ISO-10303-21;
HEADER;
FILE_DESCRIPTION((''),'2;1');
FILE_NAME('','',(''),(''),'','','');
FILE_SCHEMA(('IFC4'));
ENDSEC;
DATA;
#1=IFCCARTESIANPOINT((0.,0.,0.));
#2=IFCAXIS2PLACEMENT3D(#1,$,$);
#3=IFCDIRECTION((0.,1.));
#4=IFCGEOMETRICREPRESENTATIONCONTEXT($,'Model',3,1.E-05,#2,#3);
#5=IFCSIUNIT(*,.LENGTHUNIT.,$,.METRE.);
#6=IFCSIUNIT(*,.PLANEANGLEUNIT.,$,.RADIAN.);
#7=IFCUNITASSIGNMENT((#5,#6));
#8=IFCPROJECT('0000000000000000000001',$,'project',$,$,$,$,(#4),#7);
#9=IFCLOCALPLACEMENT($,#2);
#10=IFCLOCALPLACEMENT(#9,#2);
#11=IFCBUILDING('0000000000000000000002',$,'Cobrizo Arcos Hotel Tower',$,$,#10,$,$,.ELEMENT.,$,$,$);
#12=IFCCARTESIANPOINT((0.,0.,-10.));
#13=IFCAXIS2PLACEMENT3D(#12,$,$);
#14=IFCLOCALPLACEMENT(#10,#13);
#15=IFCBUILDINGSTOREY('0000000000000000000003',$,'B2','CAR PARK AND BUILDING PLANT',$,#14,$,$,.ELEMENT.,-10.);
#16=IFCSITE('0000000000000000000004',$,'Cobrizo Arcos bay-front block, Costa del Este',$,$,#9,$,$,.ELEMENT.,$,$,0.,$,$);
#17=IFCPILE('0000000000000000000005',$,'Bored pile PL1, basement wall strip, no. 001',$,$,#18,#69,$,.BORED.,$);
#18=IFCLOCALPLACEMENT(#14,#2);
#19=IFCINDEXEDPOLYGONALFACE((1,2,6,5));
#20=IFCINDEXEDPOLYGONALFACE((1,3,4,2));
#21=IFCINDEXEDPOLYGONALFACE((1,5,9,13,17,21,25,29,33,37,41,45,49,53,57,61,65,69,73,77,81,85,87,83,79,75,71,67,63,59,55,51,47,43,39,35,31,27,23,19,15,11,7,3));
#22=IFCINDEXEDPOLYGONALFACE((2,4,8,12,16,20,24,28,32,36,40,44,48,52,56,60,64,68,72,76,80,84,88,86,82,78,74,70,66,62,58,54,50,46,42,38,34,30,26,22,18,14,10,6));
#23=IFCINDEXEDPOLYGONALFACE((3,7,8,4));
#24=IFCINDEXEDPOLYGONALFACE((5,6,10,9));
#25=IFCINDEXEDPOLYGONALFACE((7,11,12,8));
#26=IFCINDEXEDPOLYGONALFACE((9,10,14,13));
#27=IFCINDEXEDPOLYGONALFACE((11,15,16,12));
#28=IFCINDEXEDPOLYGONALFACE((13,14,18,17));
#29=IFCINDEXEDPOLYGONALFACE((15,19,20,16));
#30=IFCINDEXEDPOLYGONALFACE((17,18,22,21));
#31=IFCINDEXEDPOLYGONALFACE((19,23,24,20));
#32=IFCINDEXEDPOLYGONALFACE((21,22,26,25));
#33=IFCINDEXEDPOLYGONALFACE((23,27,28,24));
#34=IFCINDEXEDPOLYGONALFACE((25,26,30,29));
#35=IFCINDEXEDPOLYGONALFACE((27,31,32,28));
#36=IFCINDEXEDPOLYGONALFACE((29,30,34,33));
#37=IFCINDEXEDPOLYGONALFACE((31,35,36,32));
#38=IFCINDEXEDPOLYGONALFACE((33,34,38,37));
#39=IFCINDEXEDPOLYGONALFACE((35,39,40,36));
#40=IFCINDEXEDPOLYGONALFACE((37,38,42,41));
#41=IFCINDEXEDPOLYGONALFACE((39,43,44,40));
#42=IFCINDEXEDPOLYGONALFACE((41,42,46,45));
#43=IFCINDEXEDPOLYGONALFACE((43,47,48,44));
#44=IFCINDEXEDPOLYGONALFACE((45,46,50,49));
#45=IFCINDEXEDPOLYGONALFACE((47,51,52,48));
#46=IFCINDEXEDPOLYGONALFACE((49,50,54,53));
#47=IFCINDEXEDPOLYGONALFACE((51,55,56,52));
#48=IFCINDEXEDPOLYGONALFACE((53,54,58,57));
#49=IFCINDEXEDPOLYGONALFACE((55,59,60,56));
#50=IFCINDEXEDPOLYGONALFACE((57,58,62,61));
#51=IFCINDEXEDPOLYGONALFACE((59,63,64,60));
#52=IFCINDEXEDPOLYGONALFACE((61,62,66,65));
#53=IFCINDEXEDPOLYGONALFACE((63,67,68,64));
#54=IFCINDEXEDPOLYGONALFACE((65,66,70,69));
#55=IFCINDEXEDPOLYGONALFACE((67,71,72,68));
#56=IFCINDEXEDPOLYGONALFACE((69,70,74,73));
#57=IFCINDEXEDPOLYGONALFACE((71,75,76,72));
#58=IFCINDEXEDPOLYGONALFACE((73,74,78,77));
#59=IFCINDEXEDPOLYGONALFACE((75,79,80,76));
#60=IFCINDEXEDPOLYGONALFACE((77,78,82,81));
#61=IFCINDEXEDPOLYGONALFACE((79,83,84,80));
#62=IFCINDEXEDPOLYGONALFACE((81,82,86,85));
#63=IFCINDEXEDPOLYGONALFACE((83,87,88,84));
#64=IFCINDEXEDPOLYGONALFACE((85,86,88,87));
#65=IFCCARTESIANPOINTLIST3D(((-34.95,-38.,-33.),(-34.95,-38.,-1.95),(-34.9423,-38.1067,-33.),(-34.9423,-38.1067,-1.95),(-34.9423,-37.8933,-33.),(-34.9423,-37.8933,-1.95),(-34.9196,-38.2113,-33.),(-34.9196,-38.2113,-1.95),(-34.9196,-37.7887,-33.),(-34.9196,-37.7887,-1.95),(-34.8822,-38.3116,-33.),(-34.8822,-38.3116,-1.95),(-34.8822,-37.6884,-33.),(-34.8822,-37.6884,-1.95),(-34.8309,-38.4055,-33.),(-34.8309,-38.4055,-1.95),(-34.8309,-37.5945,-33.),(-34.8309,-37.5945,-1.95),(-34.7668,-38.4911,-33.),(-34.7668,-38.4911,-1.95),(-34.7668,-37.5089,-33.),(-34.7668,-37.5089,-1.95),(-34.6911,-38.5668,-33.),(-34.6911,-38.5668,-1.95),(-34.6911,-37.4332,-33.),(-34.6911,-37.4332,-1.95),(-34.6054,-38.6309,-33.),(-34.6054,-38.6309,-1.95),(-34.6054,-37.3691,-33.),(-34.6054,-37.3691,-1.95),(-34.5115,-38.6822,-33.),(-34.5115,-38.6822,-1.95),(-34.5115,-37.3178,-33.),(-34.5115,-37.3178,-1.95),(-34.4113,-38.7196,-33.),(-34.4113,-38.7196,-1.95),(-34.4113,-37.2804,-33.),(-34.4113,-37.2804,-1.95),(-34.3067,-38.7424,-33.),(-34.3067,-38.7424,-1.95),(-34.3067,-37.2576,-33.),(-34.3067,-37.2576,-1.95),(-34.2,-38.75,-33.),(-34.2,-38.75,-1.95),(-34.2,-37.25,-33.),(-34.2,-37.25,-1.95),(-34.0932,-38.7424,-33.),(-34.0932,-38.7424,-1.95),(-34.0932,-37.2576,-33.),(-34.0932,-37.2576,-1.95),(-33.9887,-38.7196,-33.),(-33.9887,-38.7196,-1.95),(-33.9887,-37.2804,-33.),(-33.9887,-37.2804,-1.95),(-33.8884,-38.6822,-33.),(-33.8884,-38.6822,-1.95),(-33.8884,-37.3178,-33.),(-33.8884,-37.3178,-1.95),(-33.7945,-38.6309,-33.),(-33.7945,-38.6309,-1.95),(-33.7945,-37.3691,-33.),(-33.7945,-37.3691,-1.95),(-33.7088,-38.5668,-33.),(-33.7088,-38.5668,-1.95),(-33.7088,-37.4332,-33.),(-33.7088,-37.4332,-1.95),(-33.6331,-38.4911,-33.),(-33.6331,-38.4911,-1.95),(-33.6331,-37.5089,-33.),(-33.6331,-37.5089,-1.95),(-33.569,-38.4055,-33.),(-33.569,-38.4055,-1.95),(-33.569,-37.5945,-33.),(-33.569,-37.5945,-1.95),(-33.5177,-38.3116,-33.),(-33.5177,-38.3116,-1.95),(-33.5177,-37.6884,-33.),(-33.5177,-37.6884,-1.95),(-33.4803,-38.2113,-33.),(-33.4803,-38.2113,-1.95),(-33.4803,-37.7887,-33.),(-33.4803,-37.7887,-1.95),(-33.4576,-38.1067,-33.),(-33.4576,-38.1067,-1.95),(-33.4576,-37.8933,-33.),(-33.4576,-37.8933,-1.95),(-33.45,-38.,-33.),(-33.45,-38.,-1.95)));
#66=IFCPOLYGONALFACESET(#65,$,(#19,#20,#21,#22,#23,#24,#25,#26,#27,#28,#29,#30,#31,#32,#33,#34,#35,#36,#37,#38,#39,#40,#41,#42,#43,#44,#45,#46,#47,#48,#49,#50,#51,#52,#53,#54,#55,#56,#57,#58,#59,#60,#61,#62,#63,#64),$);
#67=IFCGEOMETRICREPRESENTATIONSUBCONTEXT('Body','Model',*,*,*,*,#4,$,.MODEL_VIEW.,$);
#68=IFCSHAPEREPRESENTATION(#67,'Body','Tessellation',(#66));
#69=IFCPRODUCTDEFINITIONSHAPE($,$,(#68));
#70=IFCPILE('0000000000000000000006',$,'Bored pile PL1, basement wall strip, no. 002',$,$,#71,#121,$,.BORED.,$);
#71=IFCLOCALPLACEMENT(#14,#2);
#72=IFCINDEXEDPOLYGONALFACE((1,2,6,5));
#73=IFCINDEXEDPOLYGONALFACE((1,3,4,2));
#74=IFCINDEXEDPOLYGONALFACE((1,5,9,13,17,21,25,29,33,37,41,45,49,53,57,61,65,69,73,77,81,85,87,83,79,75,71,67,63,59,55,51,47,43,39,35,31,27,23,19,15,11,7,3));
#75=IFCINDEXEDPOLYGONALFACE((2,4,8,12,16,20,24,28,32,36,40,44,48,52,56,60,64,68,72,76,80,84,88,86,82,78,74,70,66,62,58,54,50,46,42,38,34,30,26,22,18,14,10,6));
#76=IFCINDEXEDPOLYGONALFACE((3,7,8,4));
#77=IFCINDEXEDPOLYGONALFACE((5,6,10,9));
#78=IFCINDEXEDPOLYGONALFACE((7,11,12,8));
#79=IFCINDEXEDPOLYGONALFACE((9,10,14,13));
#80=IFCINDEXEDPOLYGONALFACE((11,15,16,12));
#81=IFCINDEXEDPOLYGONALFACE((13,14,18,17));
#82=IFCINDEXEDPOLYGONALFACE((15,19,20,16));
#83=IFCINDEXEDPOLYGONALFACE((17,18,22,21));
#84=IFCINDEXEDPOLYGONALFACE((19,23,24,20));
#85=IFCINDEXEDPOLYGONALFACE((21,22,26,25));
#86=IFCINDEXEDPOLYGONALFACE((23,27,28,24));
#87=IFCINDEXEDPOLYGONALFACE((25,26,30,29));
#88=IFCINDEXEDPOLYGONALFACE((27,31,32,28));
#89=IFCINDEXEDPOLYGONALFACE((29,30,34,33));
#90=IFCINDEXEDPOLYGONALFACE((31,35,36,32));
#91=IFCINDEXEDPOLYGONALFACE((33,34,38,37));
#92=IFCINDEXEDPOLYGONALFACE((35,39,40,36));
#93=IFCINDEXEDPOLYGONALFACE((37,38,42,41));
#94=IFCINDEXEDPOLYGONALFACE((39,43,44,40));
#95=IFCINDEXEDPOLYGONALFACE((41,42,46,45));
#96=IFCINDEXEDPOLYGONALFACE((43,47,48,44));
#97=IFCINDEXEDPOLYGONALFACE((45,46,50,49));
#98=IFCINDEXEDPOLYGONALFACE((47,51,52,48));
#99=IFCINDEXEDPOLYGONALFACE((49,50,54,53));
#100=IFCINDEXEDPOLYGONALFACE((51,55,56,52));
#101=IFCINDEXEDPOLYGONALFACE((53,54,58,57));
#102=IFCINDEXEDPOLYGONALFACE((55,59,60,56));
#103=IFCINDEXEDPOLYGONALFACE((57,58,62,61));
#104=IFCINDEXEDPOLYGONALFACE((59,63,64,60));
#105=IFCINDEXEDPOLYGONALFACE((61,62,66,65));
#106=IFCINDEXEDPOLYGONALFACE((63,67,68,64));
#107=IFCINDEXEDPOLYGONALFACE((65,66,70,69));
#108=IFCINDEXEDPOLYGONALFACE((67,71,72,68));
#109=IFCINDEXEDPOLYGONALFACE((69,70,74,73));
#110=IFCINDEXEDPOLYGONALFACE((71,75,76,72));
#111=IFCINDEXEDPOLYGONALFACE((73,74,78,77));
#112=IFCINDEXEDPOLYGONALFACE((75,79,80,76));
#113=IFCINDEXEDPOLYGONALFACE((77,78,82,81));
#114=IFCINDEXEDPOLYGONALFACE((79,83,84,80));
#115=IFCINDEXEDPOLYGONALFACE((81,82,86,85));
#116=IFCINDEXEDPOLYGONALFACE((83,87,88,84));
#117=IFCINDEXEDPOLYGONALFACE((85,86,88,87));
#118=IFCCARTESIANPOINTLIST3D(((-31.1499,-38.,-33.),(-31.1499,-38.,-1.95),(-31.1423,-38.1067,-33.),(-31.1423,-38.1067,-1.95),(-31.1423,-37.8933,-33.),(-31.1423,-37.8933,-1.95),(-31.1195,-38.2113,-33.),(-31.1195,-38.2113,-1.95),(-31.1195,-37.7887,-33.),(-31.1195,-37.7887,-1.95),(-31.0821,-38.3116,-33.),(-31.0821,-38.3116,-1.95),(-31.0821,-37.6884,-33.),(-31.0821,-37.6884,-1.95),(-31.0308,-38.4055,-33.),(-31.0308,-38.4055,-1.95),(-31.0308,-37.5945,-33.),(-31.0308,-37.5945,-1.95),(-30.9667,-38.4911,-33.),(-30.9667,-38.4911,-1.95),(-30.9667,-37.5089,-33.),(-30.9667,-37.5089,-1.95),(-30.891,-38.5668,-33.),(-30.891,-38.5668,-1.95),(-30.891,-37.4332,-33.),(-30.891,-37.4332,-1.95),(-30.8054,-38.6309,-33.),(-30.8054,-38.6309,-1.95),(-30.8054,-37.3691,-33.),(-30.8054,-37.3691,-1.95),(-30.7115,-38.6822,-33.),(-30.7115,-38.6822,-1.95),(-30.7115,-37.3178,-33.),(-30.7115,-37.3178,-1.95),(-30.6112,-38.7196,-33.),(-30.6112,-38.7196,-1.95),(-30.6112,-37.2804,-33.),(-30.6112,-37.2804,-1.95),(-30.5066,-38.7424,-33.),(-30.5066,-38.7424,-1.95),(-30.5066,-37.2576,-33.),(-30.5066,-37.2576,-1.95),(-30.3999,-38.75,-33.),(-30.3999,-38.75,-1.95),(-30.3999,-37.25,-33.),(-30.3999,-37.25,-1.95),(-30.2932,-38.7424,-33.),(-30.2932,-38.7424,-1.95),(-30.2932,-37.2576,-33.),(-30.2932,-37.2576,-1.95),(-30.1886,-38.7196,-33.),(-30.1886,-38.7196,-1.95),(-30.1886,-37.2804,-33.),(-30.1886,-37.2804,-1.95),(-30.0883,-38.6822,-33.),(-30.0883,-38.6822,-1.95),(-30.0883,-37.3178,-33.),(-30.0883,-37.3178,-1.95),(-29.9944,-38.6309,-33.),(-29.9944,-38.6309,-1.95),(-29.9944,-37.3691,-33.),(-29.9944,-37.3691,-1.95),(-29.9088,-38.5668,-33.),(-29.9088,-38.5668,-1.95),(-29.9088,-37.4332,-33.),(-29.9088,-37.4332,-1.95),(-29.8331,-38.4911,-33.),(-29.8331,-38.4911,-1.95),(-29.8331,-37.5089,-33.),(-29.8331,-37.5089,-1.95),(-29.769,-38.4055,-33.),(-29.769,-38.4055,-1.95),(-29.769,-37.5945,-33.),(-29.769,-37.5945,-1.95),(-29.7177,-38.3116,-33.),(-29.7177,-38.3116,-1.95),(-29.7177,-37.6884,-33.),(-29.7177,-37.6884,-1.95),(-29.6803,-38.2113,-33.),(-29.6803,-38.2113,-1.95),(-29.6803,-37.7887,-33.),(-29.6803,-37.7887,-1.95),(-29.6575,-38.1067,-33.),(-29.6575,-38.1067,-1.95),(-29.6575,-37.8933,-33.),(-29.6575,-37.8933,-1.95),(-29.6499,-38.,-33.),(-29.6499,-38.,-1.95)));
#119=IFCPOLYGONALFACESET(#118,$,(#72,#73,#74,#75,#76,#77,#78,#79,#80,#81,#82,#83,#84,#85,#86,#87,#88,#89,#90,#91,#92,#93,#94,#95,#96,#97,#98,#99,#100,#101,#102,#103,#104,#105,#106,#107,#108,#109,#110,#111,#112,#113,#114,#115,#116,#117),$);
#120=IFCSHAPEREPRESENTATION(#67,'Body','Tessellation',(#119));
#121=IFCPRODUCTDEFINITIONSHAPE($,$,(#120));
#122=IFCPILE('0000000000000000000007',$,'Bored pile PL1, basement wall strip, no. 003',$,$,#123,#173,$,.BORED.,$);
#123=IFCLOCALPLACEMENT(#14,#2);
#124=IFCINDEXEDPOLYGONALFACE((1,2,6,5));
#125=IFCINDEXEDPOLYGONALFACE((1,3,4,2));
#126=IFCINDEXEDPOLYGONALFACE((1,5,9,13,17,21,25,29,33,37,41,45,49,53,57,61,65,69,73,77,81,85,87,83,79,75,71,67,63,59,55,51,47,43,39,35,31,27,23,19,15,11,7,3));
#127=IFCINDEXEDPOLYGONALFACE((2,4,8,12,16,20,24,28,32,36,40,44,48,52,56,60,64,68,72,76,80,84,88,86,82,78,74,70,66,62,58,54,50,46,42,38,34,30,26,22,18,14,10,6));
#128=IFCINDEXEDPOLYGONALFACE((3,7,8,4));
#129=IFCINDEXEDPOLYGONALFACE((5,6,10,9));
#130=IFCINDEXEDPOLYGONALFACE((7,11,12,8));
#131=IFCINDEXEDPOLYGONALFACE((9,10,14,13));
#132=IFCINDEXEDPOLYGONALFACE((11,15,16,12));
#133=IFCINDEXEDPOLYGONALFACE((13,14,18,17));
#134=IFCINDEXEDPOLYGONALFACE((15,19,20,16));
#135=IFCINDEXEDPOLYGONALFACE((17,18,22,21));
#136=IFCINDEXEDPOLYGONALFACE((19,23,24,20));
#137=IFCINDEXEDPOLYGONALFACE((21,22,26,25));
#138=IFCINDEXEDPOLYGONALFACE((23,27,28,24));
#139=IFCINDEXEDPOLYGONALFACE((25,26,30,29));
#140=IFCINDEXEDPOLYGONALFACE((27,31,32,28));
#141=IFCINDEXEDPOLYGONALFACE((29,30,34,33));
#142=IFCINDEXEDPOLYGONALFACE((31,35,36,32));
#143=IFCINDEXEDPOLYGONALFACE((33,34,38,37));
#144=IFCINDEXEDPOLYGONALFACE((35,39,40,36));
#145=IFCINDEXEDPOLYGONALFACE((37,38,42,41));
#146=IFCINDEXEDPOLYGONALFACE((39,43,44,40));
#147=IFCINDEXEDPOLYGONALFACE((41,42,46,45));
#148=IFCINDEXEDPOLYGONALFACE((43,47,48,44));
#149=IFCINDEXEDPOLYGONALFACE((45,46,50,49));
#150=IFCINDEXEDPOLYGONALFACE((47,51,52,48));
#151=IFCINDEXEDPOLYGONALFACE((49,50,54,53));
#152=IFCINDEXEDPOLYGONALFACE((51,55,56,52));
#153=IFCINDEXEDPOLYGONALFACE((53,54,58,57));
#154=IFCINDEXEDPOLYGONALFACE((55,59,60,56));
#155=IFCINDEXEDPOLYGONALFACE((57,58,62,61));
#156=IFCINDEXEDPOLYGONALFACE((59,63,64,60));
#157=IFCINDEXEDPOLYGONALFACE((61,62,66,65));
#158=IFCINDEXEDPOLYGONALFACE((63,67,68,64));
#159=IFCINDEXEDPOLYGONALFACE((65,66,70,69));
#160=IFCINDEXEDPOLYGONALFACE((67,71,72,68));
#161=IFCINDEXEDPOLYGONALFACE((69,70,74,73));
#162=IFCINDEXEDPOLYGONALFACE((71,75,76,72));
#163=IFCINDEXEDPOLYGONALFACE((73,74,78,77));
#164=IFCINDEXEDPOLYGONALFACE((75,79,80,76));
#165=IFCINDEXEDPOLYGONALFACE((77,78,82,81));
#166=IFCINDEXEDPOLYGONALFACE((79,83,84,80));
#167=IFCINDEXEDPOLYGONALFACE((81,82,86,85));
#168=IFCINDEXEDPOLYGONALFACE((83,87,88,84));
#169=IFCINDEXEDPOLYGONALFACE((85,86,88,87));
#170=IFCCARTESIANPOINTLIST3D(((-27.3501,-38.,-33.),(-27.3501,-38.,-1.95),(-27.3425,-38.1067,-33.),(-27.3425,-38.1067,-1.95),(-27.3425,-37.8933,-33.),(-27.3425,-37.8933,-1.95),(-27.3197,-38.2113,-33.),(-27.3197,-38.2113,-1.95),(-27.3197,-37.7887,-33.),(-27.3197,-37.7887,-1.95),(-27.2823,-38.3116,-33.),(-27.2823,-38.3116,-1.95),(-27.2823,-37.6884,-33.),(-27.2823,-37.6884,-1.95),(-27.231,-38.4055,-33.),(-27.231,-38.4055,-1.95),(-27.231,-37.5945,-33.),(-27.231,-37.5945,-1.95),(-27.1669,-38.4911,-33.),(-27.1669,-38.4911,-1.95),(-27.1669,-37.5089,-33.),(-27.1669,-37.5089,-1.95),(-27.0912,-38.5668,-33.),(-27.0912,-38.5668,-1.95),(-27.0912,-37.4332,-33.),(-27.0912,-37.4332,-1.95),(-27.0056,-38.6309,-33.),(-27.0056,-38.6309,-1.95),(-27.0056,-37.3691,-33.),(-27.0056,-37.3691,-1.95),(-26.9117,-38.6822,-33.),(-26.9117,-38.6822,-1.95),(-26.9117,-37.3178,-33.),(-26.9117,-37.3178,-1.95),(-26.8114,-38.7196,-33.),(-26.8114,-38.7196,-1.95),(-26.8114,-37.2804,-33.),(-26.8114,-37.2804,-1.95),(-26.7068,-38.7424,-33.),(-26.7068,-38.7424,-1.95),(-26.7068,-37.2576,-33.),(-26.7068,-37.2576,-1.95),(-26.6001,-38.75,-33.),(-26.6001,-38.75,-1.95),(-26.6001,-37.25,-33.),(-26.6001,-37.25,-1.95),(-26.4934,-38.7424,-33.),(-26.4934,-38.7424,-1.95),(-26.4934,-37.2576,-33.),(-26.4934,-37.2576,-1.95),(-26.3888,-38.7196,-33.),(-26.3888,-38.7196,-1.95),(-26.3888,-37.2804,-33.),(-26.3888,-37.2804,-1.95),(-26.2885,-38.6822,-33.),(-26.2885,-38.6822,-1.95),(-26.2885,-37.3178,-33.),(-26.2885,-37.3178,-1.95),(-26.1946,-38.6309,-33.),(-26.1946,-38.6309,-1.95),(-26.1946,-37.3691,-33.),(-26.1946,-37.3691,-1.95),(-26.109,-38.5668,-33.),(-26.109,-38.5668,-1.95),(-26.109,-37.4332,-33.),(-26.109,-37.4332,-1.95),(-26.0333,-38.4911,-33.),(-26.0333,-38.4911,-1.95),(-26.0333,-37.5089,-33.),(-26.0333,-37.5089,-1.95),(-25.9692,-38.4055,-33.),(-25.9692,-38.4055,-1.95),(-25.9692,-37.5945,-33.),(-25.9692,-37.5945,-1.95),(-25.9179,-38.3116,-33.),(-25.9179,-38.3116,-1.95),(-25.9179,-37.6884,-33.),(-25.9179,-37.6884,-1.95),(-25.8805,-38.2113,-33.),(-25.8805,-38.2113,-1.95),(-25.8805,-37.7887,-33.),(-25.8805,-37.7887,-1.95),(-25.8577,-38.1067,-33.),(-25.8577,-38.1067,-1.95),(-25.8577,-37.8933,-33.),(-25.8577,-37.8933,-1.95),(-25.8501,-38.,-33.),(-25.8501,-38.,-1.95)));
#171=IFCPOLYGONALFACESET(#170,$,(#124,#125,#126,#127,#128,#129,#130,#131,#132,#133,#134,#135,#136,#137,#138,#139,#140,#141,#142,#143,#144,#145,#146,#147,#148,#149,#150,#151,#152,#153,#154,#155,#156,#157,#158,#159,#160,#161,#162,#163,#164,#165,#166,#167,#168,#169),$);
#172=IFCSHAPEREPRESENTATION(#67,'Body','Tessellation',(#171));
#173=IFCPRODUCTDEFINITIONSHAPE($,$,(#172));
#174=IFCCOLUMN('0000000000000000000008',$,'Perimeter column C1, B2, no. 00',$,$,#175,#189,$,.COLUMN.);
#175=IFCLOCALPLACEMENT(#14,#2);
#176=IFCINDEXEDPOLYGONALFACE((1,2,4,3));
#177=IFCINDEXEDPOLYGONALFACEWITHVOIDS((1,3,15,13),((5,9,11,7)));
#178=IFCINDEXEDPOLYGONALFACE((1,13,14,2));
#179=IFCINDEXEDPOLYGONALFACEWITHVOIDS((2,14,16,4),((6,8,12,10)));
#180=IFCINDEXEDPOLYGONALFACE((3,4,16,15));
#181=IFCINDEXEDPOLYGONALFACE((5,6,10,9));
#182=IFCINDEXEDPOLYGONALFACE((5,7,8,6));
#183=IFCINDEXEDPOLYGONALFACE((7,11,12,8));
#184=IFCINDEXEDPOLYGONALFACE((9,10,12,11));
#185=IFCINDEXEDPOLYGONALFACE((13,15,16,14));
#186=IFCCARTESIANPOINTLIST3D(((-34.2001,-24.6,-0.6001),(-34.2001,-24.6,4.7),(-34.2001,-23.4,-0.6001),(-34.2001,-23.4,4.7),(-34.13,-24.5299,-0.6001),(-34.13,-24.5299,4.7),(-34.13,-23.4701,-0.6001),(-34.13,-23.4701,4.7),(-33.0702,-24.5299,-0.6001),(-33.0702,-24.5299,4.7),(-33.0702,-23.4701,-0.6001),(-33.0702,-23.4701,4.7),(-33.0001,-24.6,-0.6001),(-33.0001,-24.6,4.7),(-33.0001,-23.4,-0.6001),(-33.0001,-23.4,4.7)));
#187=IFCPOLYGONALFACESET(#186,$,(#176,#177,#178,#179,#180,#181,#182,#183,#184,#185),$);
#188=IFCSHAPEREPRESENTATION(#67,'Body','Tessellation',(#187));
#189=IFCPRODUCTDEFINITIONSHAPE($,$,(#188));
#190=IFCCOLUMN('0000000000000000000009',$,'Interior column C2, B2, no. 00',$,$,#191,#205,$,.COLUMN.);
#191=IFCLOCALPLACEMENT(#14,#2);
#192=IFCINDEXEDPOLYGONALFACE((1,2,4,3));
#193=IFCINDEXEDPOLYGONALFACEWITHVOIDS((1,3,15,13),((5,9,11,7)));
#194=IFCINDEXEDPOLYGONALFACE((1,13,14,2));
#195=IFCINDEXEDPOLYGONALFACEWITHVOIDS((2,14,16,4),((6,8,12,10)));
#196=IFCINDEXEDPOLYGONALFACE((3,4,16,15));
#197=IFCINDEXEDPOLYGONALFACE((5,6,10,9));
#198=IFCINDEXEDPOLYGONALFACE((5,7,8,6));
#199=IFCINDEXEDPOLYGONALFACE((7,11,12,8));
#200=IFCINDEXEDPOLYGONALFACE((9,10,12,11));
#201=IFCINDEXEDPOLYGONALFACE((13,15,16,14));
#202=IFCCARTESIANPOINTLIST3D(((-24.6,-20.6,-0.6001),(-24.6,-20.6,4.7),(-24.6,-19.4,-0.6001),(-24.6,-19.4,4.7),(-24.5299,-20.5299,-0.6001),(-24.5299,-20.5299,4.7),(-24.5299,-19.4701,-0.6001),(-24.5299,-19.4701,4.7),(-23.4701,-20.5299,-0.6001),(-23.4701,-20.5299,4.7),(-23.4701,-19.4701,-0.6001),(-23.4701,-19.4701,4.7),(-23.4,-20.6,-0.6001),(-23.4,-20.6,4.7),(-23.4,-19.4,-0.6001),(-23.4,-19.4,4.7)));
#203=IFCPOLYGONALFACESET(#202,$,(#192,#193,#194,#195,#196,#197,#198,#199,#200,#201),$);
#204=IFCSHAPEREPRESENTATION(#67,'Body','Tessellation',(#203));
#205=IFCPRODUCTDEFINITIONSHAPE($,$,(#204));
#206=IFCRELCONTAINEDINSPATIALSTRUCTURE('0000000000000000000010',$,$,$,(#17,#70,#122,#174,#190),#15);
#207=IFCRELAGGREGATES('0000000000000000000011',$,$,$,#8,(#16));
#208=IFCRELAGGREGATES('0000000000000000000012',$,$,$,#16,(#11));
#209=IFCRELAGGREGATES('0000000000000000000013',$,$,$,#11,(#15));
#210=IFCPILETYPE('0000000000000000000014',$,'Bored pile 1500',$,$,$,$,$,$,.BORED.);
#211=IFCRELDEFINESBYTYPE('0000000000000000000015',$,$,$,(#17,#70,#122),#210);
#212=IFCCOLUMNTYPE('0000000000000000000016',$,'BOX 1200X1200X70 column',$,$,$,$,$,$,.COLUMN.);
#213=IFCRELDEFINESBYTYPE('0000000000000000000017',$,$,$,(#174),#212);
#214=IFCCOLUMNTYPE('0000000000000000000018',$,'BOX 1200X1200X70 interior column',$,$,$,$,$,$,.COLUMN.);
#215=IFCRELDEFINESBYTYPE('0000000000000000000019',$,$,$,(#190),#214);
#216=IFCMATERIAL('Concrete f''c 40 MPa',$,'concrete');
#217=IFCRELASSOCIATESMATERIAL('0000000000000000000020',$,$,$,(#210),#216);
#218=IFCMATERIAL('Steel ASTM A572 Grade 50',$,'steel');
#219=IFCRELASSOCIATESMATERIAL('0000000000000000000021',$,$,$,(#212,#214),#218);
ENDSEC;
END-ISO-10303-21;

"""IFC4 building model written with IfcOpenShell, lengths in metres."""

from ifc_helpers import new_model, si_unit, direction, frame, origin, origin_2d, place, context, subcontext, project, spatial, hollow_rectangle, circle, extrude, material, material_profile, profile_set, type_object, element, save


model = new_model("IFC4")

# Units and contexts
model_context = context("Model", 3, precision=1e-05, world=origin(), true_north=direction((0.0, 1.0)))
body_context = subcontext(model_context, "Body", "Model", "MODEL_VIEW")
ifc_project = project(units=[si_unit("LENGTHUNIT", "METRE"), si_unit("PLANEANGLEUNIT", "RADIAN")], contexts=[model_context])

# Site, building, storey
site_placement = place(None, origin())
site = spatial("IfcSite", under=ifc_project, at=site_placement, Name="Cobrizo Arcos bay-front block, Costa del Este", CompositionType="ELEMENT", RefElevation=0.0)
building_placement = place(site_placement, origin())
building = spatial("IfcBuilding", under=site, at=building_placement, Name="Cobrizo Arcos Hotel Tower", CompositionType="ELEMENT")
storey_placement = place(building_placement, frame((0.0, 0.0, -10.0)))
storey = spatial("IfcBuildingStorey", under=building, at=storey_placement, Name="B2", Description="CAR PARK AND BUILDING PLANT", CompositionType="ELEMENT", Elevation=-10.0)

# Piles
ifc_material_1 = material(Name="Concrete f'c 40 MPa", Category="concrete")
ifc_material_profile_1 = material_profile(ifc_material_1, circle(Radius=0.75, at=origin_2d()), Name="BORED PILE 1500")
ifc_profile_set_1 = profile_set([ifc_material_profile_1], Name="Concrete f'c 40 MPa")
pile_type = type_object("IfcPileType", Name="Bored pile 1500", PredefinedType="BORED", material=ifc_profile_set_1)
for number, where, z_axis, x_axis, name in (
    (1, (-34.2, -38.0, -1.95), (0.0, 0.0, -1.0), (1.0, 0.0, 0.0), "Bored pile PL1, basement wall strip, no. 001"),
    (2, (-30.3999, -38.0, -1.95), (0.0, 0.0, -1.0), (1.0, 0.0, 0.0), "Bored pile PL1, basement wall strip, no. 002"),
    (3, (-26.6001, -38.0, -1.95), (0.0, 0.0, -1.0), (1.0, 0.0, 0.0), "Bored pile PL1, basement wall strip, no. 003"),
):
    element("IfcPile", number, at=place(storey_placement, frame(where, z_axis=z_axis, x_axis=x_axis)), inside=storey, type_object=pile_type, Name=name, PredefinedType="BORED", context=body_context, shape_type="SweptSolid", body=[
        extrude(circle(Radius=0.75, at=origin_2d()), origin(), (0.0, 0.0, 1.0), 31.05),
    ])

# Columns
ifc_material_2 = material(Name="Steel ASTM A572 Grade 50", Category="steel")
ifc_material_profile_2 = material_profile(ifc_material_2, hollow_rectangle(XDim=1.2, YDim=1.2, WallThickness=0.0701, at=origin_2d()), Name="BOX 1200X1200X70")
ifc_profile_set_2 = profile_set([ifc_material_profile_2], Name="Steel ASTM A572 Grade 50")
column_type_1 = type_object("IfcColumnType", Name="BOX 1200X1200X70 column", PredefinedType="COLUMN", material=ifc_profile_set_2)
column_1_placement = place(storey_placement, frame((-33.6001, -24.0, -0.6001), z_axis=(0.0, 0.0, 1.0), x_axis=(1.0, 0.0, 0.0)))
element("IfcColumn", 4, at=column_1_placement, inside=storey, type_object=column_type_1, Name="Perimeter column C1, B2, no. 00", PredefinedType="COLUMN", context=body_context, shape_type="SweptSolid", body=[
    extrude(hollow_rectangle(XDim=1.2, YDim=1.2, WallThickness=0.0701, at=origin_2d()), origin(), (0.0, 0.0, 1.0), 5.3),
])
ifc_material_profile_3 = material_profile(ifc_material_2, hollow_rectangle(XDim=1.2, YDim=1.2, WallThickness=0.0701, at=origin_2d()), Name="BOX 1200X1200X70")
ifc_profile_set_3 = profile_set([ifc_material_profile_3], Name="Steel ASTM A572 Grade 50")
column_type_2 = type_object("IfcColumnType", Name="BOX 1200X1200X70 interior column", PredefinedType="COLUMN", material=ifc_profile_set_3)
column_2_placement = place(storey_placement, frame((-24.0, -20.0, -0.6001), z_axis=(0.0, 0.0, 1.0), x_axis=(1.0, 0.0, 0.0)))
element("IfcColumn", 5, at=column_2_placement, inside=storey, type_object=column_type_2, Name="Interior column C2, B2, no. 00", PredefinedType="COLUMN", context=body_context, shape_type="SweptSolid", body=[
    extrude(hollow_rectangle(XDim=1.2, YDim=1.2, WallThickness=0.0701, at=origin_2d()), origin(), (0.0, 0.0, 1.0), 5.3),
])

save(model, "model.ifc")
